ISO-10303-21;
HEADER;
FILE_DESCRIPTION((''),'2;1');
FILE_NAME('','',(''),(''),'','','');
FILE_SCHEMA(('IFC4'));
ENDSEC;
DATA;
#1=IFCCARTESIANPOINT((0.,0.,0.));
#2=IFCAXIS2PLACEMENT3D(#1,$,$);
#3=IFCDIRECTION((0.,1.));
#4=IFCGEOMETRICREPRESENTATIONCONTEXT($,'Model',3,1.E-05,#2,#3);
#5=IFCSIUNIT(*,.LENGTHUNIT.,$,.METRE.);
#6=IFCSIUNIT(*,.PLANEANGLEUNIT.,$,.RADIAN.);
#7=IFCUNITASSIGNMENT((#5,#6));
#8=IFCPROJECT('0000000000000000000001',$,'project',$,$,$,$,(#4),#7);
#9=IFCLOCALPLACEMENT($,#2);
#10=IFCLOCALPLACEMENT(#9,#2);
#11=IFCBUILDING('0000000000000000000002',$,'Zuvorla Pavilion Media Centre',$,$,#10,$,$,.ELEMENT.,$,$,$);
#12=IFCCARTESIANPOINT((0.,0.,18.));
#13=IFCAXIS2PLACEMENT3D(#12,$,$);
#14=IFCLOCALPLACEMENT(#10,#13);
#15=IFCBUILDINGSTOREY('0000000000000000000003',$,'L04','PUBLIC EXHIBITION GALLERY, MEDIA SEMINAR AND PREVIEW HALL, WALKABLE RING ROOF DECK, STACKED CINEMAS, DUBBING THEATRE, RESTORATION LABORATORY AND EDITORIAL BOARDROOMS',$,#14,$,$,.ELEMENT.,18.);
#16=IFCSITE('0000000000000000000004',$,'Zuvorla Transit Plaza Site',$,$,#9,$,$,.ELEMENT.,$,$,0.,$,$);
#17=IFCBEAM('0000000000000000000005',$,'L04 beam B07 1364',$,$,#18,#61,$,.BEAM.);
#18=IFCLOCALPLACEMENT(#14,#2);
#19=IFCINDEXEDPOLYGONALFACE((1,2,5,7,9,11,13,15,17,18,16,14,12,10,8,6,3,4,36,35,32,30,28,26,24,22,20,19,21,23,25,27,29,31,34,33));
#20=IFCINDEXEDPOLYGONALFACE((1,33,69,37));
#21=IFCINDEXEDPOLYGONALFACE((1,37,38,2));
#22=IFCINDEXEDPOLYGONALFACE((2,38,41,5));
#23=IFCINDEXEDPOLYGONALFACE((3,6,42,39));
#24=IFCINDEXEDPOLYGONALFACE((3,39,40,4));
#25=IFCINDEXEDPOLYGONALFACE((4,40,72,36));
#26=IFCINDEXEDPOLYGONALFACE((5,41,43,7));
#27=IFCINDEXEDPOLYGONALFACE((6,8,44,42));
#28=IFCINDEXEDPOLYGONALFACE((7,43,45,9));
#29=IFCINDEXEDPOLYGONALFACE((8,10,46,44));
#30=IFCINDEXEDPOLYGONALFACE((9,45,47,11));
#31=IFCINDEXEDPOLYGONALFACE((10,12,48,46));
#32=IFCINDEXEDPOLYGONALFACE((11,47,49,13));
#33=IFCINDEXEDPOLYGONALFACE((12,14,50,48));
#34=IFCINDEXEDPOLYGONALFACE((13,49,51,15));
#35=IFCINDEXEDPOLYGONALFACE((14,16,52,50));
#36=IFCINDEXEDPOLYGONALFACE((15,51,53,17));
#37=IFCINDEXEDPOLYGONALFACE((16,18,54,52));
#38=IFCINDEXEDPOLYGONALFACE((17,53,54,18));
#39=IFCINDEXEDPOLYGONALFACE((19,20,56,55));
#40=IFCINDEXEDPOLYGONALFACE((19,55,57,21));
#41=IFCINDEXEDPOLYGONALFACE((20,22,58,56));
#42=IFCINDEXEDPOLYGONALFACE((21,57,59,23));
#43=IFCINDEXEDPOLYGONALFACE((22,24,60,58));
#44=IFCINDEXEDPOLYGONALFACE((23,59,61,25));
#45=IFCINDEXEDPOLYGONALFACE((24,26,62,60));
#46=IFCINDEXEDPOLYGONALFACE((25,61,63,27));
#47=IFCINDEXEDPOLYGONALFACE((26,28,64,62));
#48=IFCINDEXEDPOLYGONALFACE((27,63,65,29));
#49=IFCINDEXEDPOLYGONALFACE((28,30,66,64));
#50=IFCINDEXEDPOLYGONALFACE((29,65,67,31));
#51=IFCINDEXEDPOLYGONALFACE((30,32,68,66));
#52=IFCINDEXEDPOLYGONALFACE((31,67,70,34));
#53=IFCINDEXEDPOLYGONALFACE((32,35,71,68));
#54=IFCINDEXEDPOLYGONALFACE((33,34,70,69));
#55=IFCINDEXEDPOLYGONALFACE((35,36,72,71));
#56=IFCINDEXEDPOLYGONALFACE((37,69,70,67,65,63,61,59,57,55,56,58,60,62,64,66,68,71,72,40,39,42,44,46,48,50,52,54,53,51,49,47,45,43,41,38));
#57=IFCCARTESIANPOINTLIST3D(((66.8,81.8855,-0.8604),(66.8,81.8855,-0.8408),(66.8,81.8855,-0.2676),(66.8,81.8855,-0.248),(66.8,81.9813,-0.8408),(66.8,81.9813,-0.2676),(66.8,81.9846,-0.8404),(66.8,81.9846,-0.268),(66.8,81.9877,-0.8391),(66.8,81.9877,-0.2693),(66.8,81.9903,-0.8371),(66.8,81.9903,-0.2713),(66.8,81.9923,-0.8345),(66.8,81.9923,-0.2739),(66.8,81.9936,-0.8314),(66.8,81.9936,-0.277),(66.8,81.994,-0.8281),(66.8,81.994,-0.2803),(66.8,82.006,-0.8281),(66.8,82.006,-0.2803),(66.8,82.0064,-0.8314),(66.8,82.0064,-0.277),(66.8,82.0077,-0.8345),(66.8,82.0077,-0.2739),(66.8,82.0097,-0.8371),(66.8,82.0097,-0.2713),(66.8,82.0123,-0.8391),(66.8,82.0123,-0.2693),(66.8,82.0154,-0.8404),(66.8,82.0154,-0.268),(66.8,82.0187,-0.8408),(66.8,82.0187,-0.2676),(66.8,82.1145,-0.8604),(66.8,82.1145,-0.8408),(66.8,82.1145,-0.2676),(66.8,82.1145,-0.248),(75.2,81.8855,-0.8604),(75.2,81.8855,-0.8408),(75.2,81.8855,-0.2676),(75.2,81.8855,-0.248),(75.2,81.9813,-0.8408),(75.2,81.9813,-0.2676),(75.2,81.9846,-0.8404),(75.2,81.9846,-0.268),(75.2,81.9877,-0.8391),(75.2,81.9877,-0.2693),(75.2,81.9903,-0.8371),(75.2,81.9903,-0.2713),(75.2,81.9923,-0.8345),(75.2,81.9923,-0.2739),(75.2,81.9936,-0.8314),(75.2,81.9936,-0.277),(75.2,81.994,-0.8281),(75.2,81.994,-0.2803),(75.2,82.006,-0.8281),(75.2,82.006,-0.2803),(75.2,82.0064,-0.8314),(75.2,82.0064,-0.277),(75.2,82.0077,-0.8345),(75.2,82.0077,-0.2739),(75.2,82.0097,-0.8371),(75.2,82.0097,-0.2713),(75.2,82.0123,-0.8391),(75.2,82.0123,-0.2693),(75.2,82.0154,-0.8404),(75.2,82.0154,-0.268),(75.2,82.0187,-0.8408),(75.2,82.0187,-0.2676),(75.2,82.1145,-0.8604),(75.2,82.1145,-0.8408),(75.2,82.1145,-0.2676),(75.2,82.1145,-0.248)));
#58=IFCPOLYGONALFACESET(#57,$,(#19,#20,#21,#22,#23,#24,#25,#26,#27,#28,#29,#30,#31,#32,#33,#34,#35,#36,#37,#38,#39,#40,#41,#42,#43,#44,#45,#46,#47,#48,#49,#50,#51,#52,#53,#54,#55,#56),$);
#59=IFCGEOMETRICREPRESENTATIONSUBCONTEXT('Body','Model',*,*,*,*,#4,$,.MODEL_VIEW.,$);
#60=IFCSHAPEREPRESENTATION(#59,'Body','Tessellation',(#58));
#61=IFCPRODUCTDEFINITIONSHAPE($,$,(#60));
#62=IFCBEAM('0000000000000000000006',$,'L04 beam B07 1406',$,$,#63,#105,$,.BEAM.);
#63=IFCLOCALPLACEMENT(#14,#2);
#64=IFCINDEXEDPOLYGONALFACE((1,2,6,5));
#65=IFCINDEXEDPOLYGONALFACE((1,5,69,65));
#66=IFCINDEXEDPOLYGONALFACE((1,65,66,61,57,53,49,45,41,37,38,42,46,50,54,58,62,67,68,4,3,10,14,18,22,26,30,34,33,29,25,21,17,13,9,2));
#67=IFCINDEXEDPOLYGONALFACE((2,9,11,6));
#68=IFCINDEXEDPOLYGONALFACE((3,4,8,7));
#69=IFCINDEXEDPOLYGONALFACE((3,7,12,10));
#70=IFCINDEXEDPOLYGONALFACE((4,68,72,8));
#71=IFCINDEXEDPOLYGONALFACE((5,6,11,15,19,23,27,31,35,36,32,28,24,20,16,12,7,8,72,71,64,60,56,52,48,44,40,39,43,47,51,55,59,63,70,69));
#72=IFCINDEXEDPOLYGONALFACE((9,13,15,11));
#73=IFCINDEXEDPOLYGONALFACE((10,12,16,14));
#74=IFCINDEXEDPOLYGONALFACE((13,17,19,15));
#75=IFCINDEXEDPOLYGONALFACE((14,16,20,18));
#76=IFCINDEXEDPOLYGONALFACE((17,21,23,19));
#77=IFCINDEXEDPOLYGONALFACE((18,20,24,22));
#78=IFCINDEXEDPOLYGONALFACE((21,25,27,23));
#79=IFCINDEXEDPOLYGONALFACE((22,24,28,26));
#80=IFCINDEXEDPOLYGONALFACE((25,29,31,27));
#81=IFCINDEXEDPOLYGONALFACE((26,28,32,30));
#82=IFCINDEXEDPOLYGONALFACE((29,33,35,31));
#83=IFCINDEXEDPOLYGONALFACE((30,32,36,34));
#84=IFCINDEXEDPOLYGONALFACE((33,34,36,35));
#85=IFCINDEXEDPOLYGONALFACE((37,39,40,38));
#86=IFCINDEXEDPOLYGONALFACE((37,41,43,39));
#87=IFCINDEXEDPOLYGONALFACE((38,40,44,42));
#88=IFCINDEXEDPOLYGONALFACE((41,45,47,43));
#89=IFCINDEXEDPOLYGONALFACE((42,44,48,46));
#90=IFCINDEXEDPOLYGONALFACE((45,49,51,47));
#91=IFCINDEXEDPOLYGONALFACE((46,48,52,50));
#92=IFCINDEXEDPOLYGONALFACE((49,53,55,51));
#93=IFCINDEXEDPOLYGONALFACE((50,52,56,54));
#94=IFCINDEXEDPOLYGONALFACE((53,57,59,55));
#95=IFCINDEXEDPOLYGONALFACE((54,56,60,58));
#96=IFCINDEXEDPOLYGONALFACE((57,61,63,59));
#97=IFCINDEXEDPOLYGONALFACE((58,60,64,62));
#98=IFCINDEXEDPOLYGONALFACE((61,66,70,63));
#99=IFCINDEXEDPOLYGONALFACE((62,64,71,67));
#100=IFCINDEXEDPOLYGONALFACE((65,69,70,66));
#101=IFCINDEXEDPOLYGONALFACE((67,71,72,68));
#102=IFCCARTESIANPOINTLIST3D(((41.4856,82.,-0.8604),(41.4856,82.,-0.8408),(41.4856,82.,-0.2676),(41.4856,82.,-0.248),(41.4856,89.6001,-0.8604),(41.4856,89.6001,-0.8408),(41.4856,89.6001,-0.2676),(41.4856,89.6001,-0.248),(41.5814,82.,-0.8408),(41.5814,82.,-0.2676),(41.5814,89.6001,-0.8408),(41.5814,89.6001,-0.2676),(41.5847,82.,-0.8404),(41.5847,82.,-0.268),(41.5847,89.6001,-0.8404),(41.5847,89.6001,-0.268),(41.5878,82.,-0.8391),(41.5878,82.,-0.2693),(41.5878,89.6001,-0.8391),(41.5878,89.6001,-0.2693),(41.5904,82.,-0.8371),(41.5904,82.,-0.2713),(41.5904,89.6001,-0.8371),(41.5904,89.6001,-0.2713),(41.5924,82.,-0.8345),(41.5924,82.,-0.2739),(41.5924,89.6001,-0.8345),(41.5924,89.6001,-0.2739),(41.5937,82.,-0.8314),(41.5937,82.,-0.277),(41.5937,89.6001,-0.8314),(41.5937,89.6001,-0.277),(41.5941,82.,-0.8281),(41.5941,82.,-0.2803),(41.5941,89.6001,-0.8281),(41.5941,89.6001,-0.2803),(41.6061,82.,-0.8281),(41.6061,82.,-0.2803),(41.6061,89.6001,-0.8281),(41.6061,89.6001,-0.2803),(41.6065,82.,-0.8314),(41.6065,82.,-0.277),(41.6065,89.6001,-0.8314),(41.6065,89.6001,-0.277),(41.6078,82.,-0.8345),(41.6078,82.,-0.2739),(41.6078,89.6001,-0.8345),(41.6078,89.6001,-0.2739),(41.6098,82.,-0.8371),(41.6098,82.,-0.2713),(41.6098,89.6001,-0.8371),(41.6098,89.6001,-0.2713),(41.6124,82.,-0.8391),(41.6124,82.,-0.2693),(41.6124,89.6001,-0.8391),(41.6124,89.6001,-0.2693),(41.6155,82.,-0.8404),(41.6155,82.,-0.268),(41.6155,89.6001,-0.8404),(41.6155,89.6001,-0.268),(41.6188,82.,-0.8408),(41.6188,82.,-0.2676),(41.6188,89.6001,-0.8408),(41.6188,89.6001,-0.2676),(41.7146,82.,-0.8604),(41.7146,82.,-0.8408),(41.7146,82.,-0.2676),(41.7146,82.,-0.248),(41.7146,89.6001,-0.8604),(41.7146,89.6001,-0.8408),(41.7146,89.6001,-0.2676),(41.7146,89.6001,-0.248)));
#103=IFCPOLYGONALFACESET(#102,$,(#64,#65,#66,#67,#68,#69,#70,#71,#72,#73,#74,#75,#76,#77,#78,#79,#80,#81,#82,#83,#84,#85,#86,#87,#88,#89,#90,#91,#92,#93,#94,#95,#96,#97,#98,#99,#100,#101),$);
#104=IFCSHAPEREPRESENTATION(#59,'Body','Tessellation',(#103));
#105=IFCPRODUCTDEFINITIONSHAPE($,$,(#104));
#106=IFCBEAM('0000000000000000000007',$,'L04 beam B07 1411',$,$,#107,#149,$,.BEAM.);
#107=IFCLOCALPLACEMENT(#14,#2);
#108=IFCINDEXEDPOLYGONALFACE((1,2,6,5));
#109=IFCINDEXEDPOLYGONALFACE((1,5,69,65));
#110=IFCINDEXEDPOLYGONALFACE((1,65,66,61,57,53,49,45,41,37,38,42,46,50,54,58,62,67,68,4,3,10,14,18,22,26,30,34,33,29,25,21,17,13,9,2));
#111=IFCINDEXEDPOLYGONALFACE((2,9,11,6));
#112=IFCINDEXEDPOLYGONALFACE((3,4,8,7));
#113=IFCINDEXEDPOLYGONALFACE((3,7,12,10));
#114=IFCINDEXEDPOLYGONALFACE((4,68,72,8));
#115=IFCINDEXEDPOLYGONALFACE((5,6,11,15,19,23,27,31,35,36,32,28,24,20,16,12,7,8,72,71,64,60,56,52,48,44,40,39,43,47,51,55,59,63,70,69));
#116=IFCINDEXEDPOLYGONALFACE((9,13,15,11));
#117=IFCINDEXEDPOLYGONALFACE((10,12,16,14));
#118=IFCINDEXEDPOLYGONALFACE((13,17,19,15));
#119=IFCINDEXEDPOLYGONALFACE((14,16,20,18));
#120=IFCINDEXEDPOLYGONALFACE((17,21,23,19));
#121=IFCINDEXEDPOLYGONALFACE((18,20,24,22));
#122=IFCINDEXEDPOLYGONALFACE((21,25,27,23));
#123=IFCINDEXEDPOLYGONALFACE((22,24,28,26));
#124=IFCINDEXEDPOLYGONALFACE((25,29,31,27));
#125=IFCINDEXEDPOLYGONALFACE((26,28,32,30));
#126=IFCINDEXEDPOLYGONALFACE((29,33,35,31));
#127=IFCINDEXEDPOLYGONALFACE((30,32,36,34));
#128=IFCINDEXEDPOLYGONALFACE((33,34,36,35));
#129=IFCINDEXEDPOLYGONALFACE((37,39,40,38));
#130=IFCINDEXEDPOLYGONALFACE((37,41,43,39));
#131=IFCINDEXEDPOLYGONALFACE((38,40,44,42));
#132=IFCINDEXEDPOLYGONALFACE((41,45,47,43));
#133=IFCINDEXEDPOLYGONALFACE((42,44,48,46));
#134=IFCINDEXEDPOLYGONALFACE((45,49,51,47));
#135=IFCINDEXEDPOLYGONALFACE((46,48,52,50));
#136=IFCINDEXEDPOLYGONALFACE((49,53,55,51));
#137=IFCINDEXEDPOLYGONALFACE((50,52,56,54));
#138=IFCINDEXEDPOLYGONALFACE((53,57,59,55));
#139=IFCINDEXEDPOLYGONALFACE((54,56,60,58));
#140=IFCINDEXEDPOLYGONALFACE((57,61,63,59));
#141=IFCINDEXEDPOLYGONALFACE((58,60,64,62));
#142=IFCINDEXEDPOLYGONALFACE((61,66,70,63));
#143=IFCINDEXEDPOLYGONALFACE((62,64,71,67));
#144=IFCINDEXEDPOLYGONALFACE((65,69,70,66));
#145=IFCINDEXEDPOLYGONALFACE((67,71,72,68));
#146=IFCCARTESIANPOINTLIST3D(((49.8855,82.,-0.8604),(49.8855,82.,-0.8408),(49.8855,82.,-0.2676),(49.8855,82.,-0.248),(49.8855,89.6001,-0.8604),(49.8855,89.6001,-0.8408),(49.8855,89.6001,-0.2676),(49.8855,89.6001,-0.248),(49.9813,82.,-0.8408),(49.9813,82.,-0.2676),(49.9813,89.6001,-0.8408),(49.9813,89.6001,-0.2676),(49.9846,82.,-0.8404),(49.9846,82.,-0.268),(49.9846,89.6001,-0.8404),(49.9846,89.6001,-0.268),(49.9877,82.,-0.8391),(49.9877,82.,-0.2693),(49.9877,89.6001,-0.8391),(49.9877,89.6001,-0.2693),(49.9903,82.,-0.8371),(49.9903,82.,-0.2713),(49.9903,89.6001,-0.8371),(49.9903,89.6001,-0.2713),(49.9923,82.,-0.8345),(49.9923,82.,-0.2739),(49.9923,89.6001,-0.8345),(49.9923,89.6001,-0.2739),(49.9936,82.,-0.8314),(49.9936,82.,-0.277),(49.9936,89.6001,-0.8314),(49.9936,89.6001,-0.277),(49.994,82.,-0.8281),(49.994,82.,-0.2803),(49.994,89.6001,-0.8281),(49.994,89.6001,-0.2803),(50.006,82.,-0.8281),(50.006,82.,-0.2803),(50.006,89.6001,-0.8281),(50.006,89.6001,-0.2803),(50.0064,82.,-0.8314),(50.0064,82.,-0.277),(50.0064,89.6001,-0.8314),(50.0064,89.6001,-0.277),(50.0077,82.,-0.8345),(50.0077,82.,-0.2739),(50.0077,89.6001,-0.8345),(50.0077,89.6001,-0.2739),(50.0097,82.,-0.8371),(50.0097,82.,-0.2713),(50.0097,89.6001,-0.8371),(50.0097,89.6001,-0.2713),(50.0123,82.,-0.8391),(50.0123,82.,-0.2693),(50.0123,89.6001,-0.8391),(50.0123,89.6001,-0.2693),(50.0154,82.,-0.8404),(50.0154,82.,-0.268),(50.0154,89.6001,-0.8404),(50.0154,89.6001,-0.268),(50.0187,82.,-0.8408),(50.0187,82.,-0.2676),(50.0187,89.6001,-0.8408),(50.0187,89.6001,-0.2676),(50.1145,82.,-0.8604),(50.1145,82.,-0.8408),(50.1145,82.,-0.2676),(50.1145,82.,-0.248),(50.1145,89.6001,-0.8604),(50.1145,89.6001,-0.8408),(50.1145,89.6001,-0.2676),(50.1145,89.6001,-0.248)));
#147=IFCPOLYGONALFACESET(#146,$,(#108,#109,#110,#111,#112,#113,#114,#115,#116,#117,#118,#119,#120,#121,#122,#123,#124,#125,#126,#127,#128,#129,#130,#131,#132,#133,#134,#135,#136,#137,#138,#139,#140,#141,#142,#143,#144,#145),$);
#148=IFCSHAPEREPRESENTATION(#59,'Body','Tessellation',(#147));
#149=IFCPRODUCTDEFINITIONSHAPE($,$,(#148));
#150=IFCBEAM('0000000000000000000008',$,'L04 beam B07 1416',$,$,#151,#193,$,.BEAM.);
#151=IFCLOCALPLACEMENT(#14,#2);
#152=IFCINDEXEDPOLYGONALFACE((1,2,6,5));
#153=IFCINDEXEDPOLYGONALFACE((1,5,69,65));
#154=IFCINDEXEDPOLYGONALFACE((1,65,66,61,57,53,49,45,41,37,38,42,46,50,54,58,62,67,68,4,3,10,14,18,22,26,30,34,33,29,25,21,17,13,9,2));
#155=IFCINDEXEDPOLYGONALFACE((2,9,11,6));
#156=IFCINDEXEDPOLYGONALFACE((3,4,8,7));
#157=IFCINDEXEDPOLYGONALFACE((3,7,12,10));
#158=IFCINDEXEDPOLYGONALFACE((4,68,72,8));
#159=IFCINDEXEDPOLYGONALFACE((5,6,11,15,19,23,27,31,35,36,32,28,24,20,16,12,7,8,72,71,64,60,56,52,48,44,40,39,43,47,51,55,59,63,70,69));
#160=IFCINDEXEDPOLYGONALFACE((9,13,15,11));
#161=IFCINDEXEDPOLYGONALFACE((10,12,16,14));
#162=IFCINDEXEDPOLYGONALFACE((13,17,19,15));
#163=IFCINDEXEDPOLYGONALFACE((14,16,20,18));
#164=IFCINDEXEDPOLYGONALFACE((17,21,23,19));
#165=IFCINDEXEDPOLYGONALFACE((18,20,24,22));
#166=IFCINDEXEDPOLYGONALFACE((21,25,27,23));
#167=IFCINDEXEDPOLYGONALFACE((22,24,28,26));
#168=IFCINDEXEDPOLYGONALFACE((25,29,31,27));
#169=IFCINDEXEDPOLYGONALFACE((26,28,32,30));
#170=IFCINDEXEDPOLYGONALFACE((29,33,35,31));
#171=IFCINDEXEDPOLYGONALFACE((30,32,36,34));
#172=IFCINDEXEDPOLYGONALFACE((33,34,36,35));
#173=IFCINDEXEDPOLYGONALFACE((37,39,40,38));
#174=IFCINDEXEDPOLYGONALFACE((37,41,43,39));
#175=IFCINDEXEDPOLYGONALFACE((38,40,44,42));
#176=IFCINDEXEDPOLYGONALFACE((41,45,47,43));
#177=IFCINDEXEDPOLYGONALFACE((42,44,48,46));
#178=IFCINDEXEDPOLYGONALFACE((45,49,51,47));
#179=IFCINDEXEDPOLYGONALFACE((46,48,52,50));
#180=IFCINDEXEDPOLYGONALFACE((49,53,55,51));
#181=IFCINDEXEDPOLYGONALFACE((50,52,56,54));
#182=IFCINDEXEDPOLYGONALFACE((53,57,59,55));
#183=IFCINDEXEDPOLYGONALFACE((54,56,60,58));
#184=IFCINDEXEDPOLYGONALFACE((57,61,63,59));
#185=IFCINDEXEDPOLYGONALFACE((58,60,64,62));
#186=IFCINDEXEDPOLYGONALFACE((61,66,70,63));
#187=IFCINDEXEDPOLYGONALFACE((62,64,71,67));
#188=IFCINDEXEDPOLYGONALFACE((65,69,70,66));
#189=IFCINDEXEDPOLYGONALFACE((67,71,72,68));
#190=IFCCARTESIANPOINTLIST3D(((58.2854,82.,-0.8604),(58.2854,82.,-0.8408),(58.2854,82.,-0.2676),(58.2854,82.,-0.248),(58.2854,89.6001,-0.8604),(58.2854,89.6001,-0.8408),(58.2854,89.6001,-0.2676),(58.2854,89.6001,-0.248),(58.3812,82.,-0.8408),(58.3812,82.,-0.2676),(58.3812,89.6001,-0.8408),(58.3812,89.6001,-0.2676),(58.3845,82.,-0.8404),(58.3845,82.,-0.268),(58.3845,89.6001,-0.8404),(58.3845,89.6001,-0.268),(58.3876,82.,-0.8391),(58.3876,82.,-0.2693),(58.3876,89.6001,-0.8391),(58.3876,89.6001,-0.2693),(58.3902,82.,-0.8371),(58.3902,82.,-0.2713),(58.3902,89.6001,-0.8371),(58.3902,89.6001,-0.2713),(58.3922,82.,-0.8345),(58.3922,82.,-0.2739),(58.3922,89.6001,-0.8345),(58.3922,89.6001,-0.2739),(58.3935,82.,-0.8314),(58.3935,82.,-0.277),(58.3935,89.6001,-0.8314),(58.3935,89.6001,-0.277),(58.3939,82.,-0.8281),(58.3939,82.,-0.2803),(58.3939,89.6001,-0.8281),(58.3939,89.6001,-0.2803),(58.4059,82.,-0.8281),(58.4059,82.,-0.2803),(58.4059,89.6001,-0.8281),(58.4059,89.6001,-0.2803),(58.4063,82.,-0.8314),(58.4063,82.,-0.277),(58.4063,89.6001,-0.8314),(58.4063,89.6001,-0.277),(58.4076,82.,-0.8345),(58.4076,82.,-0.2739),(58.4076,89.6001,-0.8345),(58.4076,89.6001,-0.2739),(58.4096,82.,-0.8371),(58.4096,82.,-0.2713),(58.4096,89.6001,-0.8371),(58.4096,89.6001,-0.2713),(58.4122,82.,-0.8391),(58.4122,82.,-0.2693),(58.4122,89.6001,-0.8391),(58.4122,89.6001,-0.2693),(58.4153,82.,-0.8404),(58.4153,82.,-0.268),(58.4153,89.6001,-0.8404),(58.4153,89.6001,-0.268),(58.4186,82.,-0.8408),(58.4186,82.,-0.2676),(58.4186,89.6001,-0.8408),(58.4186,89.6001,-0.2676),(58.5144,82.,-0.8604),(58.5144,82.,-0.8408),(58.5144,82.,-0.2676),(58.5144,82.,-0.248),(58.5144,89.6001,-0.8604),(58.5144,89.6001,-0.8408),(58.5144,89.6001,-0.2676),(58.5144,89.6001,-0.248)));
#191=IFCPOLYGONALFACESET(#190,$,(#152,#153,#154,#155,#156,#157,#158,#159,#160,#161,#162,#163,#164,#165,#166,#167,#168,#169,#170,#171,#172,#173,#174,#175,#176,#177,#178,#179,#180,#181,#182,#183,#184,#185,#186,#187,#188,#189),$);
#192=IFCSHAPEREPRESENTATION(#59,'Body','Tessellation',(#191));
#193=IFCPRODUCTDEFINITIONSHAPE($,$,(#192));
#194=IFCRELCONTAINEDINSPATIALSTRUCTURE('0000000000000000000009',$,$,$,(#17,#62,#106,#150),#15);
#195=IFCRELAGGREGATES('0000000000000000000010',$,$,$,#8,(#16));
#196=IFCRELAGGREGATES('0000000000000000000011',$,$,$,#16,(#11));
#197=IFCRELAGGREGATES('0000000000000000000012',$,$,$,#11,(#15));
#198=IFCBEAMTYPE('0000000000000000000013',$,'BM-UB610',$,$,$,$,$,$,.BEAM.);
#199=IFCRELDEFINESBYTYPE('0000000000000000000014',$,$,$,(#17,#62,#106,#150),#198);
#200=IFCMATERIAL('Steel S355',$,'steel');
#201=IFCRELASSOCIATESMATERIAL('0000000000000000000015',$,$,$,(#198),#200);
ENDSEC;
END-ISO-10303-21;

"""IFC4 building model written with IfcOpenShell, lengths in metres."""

from ifc_helpers import new_model, si_unit, direction, frame, origin, origin_2d, place, context, subcontext, project, spatial, i_section, extrude, material, material_profile, profile_set, type_object, element, save


model = new_model("IFC4")

# Units and contexts
model_context = context("Model", 3, precision=1e-05, world=origin(), true_north=direction((0.0, 1.0)))
body_context = subcontext(model_context, "Body", "Model", "MODEL_VIEW")
ifc_project = project(units=[si_unit("LENGTHUNIT", "METRE"), si_unit("PLANEANGLEUNIT", "RADIAN")], contexts=[model_context])

# Site, building, storey
site_placement = place(None, origin())
site = spatial("IfcSite", under=ifc_project, at=site_placement, Name="Zuvorla Transit Plaza Site", CompositionType="ELEMENT", RefElevation=0.0)
building_placement = place(site_placement, origin())
building = spatial("IfcBuilding", under=site, at=building_placement, Name="Zuvorla Pavilion Media Centre", CompositionType="ELEMENT")
storey_placement = place(building_placement, frame((0.0, 0.0, 18.0)))
storey = spatial("IfcBuildingStorey", under=building, at=storey_placement, Name="L04", Description="PUBLIC EXHIBITION GALLERY, MEDIA SEMINAR AND PREVIEW HALL, WALKABLE RING ROOF DECK, STACKED CINEMAS, DUBBING THEATRE, RESTORATION LABORATORY AND EDITORIAL BOARDROOMS", CompositionType="ELEMENT", Elevation=18.0)

# Beams
ifc_material = material(Name="Steel S355", Category="steel")
ifc_material_profile_1 = material_profile(ifc_material, i_section(OverallWidth=0.229, OverallDepth=0.6123, WebThickness=0.012, FlangeThickness=0.0195, FilletRadius=0.0127, at=origin_2d()), Name="UB 610x229x125")
ifc_profile_set_1 = profile_set([ifc_material_profile_1], Name="Steel S355")
beam_type_1 = type_object("IfcBeamType", Name="BM-UB610", PredefinedType="BEAM", material=ifc_profile_set_1)
beam_1_placement = place(storey_placement, frame((66.8, 82.0, -0.5542), z_axis=(1.0, 0.0, 0.0), x_axis=(0.0, 1.0, 0.0)))
element("IfcBeam", 1, at=beam_1_placement, inside=storey, type_object=beam_type_1, Name="L04 beam B07 1364", PredefinedType="BEAM", context=body_context, shape_type="SweptSolid", body=[
    extrude(i_section(OverallWidth=0.229, OverallDepth=0.6123, WebThickness=0.012, FlangeThickness=0.0195, FilletRadius=0.0127, at=origin_2d()), origin(), (0.0, 0.0, 1.0), 8.3999),
])
for number, where, z_axis, x_axis, name in (
    (2, (41.6001, 82.0, -0.5542), (0.0, 1.0, 0.0), (-1.0, 0.0, 0.0), "L04 beam B07 1406"),
    (3, (50.0, 82.0, -0.5542), (0.0, 1.0, 0.0), (-1.0, 0.0, 0.0), "L04 beam B07 1411"),
    (4, (58.3999, 82.0, -0.5542), (0.0, 1.0, 0.0), (-1.0, 0.0, 0.0), "L04 beam B07 1416"),
):
    element("IfcBeam", number, at=place(storey_placement, frame(where, z_axis=z_axis, x_axis=x_axis)), inside=storey, type_object=beam_type_1, Name=name, PredefinedType="BEAM", context=body_context, shape_type="SweptSolid", body=[
        extrude(i_section(OverallWidth=0.229, OverallDepth=0.6123, WebThickness=0.012, FlangeThickness=0.0195, FilletRadius=0.0127, at=origin_2d()), origin(), (0.0, 0.0, 1.0), 7.6001),
    ])

save(model, "model.ifc")
